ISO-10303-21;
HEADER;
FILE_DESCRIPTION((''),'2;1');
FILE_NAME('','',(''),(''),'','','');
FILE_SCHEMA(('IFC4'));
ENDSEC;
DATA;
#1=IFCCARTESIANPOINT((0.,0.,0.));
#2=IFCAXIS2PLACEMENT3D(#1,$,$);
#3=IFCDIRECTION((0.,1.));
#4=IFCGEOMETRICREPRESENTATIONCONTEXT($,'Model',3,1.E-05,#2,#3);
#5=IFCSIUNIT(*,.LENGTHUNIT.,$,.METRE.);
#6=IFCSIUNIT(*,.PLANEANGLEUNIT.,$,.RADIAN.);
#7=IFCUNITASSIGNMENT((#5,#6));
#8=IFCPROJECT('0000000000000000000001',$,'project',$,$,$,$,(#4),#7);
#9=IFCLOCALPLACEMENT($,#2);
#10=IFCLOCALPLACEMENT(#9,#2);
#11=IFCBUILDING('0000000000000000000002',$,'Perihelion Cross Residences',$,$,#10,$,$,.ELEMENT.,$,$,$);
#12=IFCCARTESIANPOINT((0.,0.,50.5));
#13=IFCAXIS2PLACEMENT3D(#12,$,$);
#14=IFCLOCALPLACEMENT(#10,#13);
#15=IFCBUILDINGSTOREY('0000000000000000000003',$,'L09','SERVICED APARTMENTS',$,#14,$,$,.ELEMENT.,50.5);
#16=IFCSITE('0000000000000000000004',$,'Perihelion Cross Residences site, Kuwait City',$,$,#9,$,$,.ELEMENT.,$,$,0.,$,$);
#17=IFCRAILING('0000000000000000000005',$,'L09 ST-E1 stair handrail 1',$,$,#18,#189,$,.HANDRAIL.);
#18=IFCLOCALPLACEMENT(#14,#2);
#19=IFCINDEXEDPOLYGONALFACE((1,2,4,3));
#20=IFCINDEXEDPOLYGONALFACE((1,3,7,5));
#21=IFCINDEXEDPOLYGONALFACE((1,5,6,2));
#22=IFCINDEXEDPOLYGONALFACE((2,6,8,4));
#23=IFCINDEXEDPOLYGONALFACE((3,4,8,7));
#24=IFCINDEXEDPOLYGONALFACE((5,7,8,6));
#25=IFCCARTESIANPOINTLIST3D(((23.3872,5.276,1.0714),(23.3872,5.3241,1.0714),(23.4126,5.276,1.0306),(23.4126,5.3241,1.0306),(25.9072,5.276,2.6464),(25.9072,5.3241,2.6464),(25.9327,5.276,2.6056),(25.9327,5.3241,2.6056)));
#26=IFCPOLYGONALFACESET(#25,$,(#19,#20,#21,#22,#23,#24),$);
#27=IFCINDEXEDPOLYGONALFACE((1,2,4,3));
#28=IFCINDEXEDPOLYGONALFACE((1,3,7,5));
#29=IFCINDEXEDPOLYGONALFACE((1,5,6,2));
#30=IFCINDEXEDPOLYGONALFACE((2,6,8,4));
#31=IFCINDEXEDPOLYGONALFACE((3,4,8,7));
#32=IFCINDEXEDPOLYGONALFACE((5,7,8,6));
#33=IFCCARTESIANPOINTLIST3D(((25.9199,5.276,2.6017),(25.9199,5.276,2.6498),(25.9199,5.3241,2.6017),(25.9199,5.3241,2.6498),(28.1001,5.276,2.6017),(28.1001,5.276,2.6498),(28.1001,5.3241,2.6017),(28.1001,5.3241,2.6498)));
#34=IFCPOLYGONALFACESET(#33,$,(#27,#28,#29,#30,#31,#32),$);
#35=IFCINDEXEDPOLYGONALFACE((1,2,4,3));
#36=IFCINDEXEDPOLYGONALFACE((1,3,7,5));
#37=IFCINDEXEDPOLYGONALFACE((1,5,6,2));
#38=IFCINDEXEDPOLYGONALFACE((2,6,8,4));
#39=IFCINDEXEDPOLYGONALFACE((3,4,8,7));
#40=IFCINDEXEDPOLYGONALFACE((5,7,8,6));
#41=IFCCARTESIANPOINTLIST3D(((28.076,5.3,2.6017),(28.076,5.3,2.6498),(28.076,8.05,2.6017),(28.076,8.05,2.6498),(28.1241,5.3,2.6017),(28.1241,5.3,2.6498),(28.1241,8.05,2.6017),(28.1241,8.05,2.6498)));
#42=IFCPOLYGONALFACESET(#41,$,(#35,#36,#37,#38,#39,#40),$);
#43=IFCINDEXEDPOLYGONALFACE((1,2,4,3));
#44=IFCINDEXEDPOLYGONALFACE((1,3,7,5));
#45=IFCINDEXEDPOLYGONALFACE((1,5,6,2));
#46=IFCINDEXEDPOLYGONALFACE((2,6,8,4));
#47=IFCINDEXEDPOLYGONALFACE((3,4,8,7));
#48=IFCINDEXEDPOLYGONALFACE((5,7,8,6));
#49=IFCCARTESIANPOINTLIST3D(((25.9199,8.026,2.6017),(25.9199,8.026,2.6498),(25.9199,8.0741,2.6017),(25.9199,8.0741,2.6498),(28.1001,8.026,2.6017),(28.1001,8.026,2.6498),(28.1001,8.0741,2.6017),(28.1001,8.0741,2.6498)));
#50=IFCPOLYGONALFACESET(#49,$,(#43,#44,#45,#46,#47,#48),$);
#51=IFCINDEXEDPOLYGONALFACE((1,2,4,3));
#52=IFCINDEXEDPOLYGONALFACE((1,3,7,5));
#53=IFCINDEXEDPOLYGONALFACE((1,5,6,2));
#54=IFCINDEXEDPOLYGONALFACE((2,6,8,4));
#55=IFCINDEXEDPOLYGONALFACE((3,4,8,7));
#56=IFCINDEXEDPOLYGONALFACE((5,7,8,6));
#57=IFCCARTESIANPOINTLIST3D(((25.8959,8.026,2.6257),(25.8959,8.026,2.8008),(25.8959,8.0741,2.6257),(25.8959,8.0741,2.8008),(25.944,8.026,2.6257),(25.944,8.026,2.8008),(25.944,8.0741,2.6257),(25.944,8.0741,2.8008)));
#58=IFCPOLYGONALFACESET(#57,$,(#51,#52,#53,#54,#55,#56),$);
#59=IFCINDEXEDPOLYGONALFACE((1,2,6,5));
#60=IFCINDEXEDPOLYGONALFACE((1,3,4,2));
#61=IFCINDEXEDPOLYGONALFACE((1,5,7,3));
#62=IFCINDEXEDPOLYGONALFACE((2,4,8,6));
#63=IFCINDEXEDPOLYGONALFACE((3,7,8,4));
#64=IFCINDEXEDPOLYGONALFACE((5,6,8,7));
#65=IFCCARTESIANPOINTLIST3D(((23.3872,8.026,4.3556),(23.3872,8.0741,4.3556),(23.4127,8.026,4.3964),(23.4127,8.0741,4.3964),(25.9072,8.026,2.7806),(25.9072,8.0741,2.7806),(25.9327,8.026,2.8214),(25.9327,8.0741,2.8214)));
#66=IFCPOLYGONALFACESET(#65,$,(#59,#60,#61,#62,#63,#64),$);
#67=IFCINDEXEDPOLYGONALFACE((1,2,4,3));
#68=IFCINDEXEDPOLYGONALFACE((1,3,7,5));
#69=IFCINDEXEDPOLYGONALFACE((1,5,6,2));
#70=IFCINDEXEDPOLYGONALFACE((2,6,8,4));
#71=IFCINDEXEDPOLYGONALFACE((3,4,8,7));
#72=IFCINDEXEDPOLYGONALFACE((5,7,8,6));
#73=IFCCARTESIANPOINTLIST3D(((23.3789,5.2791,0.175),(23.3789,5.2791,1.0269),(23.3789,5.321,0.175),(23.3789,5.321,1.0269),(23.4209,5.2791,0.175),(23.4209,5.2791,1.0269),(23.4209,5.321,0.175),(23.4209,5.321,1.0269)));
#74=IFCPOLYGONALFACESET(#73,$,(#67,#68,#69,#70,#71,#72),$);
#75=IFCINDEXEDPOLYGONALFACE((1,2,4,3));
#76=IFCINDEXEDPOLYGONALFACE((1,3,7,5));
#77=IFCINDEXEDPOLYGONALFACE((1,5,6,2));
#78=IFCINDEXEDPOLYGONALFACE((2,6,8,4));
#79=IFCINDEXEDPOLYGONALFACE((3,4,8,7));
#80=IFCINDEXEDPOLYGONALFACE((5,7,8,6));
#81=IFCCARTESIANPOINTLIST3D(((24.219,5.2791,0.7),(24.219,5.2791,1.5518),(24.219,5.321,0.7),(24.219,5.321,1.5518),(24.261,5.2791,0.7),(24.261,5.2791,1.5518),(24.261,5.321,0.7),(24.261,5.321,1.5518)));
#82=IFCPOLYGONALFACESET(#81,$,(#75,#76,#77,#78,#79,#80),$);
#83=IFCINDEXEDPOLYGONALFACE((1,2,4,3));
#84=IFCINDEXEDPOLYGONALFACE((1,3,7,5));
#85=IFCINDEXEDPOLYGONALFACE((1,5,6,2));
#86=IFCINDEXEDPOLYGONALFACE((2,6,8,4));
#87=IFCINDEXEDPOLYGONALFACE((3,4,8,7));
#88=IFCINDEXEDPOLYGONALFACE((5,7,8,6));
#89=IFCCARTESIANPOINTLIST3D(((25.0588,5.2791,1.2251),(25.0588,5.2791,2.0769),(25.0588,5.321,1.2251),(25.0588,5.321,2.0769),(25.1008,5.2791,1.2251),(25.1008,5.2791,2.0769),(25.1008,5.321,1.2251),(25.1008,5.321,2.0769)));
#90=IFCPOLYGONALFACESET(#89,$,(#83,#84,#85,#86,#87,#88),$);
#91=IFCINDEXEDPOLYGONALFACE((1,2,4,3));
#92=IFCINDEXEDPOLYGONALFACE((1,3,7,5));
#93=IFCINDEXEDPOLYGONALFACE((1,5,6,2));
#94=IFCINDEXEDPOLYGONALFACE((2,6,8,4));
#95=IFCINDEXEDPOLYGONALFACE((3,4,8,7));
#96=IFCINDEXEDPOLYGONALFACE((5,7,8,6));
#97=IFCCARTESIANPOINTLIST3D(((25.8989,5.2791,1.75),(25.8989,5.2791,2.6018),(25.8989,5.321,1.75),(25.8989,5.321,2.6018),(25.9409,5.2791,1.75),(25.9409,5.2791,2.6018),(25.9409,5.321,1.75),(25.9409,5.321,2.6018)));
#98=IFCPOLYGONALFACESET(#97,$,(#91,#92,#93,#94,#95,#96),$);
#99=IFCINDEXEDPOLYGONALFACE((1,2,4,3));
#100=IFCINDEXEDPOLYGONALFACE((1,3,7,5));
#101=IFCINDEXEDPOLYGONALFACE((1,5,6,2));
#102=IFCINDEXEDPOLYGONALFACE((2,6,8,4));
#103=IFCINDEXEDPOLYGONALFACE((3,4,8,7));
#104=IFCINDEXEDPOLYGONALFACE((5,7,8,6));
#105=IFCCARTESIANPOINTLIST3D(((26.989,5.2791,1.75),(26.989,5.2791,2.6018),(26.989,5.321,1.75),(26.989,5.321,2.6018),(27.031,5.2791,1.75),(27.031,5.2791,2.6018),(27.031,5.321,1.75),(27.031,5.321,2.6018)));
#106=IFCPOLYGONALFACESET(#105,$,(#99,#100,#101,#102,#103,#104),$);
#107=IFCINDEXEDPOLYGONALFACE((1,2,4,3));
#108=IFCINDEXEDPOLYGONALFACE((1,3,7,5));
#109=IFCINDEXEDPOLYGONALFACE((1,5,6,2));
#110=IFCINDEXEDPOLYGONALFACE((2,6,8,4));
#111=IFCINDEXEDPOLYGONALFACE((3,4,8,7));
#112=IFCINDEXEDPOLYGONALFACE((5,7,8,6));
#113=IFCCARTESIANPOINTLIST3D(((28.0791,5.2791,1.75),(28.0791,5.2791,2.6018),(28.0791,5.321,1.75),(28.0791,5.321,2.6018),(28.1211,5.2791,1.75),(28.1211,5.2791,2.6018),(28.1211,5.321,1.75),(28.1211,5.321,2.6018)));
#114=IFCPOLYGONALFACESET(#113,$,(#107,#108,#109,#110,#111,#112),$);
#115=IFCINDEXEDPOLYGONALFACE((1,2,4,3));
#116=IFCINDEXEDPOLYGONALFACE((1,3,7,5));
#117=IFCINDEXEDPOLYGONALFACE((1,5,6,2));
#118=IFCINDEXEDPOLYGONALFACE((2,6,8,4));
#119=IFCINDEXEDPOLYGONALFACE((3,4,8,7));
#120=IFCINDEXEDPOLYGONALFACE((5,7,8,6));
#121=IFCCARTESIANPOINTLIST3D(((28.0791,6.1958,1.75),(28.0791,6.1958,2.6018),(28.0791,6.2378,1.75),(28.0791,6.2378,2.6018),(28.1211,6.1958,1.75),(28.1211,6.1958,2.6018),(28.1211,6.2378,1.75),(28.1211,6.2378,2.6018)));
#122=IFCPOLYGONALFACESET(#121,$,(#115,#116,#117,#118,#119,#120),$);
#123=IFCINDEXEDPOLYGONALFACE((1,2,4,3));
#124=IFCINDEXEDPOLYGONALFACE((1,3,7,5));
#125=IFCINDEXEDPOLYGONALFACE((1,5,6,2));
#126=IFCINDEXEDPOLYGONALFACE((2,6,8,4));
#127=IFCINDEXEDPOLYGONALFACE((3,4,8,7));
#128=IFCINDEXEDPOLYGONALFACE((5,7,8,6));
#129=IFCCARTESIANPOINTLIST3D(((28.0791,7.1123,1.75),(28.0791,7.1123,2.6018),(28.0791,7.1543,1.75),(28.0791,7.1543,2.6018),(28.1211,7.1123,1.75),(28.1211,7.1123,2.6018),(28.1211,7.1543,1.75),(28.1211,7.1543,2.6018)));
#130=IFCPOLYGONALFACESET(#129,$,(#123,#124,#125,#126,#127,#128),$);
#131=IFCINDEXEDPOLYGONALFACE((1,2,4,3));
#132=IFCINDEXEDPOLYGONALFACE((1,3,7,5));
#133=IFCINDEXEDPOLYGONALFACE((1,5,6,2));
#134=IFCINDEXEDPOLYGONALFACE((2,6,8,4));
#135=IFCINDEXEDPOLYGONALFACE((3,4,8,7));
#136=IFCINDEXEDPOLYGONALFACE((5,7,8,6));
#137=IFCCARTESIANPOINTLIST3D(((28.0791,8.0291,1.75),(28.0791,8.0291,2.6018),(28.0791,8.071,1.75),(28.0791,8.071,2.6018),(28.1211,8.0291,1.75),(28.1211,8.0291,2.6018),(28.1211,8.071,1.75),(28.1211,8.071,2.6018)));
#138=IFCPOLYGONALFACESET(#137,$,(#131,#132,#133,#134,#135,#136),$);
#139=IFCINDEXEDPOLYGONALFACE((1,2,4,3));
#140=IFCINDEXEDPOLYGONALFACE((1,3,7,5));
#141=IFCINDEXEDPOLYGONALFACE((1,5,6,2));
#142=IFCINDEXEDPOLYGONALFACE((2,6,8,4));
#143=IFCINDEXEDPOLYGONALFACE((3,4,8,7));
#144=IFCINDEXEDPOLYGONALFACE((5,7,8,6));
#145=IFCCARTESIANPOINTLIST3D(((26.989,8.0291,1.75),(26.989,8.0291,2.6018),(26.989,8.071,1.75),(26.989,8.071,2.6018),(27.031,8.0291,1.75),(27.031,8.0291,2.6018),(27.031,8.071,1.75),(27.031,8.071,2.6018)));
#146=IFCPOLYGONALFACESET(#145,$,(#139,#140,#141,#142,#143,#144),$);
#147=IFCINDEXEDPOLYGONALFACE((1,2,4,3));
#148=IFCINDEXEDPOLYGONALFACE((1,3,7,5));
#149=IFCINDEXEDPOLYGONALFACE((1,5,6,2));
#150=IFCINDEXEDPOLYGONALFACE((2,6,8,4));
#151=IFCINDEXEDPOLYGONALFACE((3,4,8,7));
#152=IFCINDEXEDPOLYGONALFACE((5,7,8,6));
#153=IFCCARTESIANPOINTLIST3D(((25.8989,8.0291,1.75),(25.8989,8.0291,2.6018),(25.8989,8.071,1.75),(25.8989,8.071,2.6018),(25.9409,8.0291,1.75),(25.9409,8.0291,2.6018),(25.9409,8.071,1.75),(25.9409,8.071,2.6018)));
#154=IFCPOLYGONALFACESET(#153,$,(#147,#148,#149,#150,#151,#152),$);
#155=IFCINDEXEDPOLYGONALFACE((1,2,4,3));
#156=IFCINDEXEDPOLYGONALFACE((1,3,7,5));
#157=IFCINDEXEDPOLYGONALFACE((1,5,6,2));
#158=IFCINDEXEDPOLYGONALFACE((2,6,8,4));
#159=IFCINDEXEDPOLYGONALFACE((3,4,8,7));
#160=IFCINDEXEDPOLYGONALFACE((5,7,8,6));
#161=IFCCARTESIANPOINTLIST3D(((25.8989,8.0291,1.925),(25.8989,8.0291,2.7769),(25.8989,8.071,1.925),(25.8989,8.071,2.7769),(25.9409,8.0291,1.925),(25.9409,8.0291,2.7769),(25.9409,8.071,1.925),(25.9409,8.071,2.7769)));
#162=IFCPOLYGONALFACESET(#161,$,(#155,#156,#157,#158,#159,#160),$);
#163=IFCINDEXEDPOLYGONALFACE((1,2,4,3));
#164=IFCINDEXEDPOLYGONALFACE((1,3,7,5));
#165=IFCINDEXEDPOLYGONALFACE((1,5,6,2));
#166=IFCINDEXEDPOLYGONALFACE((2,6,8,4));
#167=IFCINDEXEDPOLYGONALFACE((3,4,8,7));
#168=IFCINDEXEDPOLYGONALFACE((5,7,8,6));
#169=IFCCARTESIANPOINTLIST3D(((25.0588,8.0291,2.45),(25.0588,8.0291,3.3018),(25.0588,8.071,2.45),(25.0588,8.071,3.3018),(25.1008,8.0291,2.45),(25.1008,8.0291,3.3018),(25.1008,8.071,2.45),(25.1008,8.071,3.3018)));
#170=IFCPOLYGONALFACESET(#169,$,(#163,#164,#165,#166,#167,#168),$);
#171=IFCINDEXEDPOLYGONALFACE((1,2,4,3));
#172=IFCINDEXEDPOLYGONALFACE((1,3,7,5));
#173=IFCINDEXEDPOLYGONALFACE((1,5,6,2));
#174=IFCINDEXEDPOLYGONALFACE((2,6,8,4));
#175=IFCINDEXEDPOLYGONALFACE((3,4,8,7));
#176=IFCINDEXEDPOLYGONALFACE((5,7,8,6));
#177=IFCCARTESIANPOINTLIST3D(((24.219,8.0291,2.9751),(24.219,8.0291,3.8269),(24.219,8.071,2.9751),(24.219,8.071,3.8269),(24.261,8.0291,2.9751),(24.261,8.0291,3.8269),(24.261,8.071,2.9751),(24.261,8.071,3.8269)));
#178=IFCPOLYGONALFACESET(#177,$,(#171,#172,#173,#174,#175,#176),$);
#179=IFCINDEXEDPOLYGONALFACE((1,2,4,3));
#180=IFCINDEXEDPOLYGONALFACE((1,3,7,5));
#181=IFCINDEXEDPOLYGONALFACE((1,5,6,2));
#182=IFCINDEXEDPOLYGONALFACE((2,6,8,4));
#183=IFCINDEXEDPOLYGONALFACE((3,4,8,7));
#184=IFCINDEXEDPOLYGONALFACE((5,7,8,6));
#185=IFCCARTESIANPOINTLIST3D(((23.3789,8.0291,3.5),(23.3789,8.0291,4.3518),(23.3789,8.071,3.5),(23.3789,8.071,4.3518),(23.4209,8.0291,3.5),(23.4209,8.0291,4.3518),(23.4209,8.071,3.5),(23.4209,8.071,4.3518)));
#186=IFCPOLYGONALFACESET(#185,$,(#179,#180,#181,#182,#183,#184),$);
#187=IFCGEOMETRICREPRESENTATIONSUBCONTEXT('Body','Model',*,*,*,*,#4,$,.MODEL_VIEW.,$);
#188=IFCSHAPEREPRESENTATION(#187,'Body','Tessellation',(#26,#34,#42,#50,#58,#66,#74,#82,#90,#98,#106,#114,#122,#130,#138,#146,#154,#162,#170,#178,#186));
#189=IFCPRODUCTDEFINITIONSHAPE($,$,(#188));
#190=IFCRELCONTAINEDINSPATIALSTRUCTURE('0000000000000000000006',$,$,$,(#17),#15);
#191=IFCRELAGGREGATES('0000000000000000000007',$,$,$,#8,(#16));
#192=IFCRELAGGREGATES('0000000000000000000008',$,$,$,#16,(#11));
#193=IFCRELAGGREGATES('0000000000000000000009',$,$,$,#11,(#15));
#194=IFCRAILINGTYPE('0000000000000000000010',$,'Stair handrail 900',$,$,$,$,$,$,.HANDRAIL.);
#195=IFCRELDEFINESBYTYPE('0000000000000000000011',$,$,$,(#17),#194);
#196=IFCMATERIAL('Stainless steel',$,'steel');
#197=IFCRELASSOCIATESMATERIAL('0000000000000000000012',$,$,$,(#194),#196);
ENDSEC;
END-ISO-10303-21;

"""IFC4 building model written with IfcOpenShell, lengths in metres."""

from ifc_helpers import new_model, si_unit, direction, frame, origin, origin_2d, place, context, subcontext, project, spatial, rectangle, extrude, material, type_object, element, save


model = new_model("IFC4")

# Units and contexts
model_context = context("Model", 3, precision=1e-05, world=origin(), true_north=direction((0.0, 1.0)))
body_context = subcontext(model_context, "Body", "Model", "MODEL_VIEW")
ifc_project = project(units=[si_unit("LENGTHUNIT", "METRE"), si_unit("PLANEANGLEUNIT", "RADIAN")], contexts=[model_context])

# Site, building, storey
site_placement = place(None, origin())
site = spatial("IfcSite", under=ifc_project, at=site_placement, Name="Perihelion Cross Residences site, Kuwait City", CompositionType="ELEMENT", RefElevation=0.0)
building_placement = place(site_placement, origin())
building = spatial("IfcBuilding", under=site, at=building_placement, Name="Perihelion Cross Residences", CompositionType="ELEMENT")
storey_placement = place(building_placement, frame((0.0, 0.0, 50.5)))
storey = spatial("IfcBuildingStorey", under=building, at=storey_placement, Name="L09", Description="SERVICED APARTMENTS", CompositionType="ELEMENT", Elevation=50.5)

# Railing
ifc_material_1 = material(Name="Stainless steel", Category="steel")
railing_type_1 = type_object("IfcRailingType", Name="Stair handrail 900", PredefinedType="HANDRAIL", material=ifc_material_1)
railing_1_placement = place(storey_placement, frame((23.3999, 5.3, 0.175)))
element("IfcRailing", 1, at=railing_1_placement, inside=storey, type_object=railing_type_1, Name="L09 ST-E1 stair handrail 1", PredefinedType="HANDRAIL", context=body_context, shape_type="SweptSolid", body=[
    extrude(rectangle(XDim=0.0481, YDim=0.0481, at=origin_2d()), frame((0.0, 0.0, 0.876), z_axis=(0.848008, 0.0, 0.529984), x_axis=(0.0, 1.0, 0.0)), (0.0, 0.0, 1.0), 2.9717),
    extrude(rectangle(XDim=0.0481, YDim=0.0481, at=origin_2d()), frame((2.52, 0.0, 2.4507), z_axis=(1.0, 0.0, 0.0), x_axis=(0.0, 1.0, 0.0)), (0.0, 0.0, 1.0), 2.1802),
    extrude(rectangle(XDim=0.0481, YDim=0.0481, at=origin_2d()), frame((4.7002, 0.0, 2.4507), z_axis=(0.0, 1.0, 0.0), x_axis=(-1.0, 0.0, 0.0)), (0.0, 0.0, 1.0), 2.75),
    extrude(rectangle(XDim=0.0481, YDim=0.0481, at=origin_2d()), frame((4.7002, 2.75, 2.4507), z_axis=(-1.0, 0.0, 0.0), x_axis=(0.0, -1.0, 0.0)), (0.0, 0.0, 1.0), 2.1802),
    extrude(rectangle(XDim=0.0481, YDim=0.0481, at=origin_2d()), frame((2.52, 2.75, 2.4507), z_axis=(0.0, 0.0, 1.0), x_axis=(1.0, 0.0, 0.0)), (0.0, 0.0, 1.0), 0.175),
    extrude(rectangle(XDim=0.0481, YDim=0.0481, at=origin_2d()), frame((2.52, 2.75, 2.626), z_axis=(-0.848008, 0.0, 0.529984), x_axis=(0.0, -1.0, 0.0)), (0.0, 0.0, 1.0), 2.9717),
    extrude(rectangle(XDim=0.042, YDim=0.042, at=origin_2d()), origin(), (0.0, 0.0, 1.0), 0.8518),
    extrude(rectangle(XDim=0.042, YDim=0.042, at=origin_2d()), frame((0.8401, 0.0, 0.5249)), (0.0, 0.0, 1.0), 0.8518),
    extrude(rectangle(XDim=0.042, YDim=0.042, at=origin_2d()), frame((1.6799, 0.0, 1.05)), (0.0, 0.0, 1.0), 0.8518),
    extrude(rectangle(XDim=0.042, YDim=0.042, at=origin_2d()), frame((2.52, 0.0, 1.575)), (0.0, 0.0, 1.0), 0.8518),
    extrude(rectangle(XDim=0.042, YDim=0.042, at=origin_2d()), frame((3.6101, 0.0, 1.575)), (0.0, 0.0, 1.0), 0.8518),
    extrude(rectangle(XDim=0.042, YDim=0.042, at=origin_2d()), frame((4.7002, 0.0, 1.575)), (0.0, 0.0, 1.0), 0.8518),
    extrude(rectangle(XDim=0.042, YDim=0.042, at=origin_2d()), frame((4.7002, 0.9167, 1.575)), (0.0, 0.0, 1.0), 0.8518),
    extrude(rectangle(XDim=0.042, YDim=0.042, at=origin_2d()), frame((4.7002, 1.8333, 1.575)), (0.0, 0.0, 1.0), 0.8518),
    extrude(rectangle(XDim=0.042, YDim=0.042, at=origin_2d()), frame((4.7002, 2.75, 1.575)), (0.0, 0.0, 1.0), 0.8518),
    extrude(rectangle(XDim=0.042, YDim=0.042, at=origin_2d()), frame((3.6101, 2.75, 1.575)), (0.0, 0.0, 1.0), 0.8518),
    extrude(rectangle(XDim=0.042, YDim=0.042, at=origin_2d()), frame((2.52, 2.75, 1.575)), (0.0, 0.0, 1.0), 0.8518),
    extrude(rectangle(XDim=0.042, YDim=0.042, at=origin_2d()), frame((2.52, 2.75, 1.75)), (0.0, 0.0, 1.0), 0.8518),
    extrude(rectangle(XDim=0.042, YDim=0.042, at=origin_2d()), frame((1.6799, 2.75, 2.2749)), (0.0, 0.0, 1.0), 0.8518),
    extrude(rectangle(XDim=0.042, YDim=0.042, at=origin_2d()), frame((0.8401, 2.75, 2.8)), (0.0, 0.0, 1.0), 0.8518),
    extrude(rectangle(XDim=0.042, YDim=0.042, at=origin_2d()), frame((0.0, 2.75, 3.325)), (0.0, 0.0, 1.0), 0.8518),
])

save(model, "model.ifc")
